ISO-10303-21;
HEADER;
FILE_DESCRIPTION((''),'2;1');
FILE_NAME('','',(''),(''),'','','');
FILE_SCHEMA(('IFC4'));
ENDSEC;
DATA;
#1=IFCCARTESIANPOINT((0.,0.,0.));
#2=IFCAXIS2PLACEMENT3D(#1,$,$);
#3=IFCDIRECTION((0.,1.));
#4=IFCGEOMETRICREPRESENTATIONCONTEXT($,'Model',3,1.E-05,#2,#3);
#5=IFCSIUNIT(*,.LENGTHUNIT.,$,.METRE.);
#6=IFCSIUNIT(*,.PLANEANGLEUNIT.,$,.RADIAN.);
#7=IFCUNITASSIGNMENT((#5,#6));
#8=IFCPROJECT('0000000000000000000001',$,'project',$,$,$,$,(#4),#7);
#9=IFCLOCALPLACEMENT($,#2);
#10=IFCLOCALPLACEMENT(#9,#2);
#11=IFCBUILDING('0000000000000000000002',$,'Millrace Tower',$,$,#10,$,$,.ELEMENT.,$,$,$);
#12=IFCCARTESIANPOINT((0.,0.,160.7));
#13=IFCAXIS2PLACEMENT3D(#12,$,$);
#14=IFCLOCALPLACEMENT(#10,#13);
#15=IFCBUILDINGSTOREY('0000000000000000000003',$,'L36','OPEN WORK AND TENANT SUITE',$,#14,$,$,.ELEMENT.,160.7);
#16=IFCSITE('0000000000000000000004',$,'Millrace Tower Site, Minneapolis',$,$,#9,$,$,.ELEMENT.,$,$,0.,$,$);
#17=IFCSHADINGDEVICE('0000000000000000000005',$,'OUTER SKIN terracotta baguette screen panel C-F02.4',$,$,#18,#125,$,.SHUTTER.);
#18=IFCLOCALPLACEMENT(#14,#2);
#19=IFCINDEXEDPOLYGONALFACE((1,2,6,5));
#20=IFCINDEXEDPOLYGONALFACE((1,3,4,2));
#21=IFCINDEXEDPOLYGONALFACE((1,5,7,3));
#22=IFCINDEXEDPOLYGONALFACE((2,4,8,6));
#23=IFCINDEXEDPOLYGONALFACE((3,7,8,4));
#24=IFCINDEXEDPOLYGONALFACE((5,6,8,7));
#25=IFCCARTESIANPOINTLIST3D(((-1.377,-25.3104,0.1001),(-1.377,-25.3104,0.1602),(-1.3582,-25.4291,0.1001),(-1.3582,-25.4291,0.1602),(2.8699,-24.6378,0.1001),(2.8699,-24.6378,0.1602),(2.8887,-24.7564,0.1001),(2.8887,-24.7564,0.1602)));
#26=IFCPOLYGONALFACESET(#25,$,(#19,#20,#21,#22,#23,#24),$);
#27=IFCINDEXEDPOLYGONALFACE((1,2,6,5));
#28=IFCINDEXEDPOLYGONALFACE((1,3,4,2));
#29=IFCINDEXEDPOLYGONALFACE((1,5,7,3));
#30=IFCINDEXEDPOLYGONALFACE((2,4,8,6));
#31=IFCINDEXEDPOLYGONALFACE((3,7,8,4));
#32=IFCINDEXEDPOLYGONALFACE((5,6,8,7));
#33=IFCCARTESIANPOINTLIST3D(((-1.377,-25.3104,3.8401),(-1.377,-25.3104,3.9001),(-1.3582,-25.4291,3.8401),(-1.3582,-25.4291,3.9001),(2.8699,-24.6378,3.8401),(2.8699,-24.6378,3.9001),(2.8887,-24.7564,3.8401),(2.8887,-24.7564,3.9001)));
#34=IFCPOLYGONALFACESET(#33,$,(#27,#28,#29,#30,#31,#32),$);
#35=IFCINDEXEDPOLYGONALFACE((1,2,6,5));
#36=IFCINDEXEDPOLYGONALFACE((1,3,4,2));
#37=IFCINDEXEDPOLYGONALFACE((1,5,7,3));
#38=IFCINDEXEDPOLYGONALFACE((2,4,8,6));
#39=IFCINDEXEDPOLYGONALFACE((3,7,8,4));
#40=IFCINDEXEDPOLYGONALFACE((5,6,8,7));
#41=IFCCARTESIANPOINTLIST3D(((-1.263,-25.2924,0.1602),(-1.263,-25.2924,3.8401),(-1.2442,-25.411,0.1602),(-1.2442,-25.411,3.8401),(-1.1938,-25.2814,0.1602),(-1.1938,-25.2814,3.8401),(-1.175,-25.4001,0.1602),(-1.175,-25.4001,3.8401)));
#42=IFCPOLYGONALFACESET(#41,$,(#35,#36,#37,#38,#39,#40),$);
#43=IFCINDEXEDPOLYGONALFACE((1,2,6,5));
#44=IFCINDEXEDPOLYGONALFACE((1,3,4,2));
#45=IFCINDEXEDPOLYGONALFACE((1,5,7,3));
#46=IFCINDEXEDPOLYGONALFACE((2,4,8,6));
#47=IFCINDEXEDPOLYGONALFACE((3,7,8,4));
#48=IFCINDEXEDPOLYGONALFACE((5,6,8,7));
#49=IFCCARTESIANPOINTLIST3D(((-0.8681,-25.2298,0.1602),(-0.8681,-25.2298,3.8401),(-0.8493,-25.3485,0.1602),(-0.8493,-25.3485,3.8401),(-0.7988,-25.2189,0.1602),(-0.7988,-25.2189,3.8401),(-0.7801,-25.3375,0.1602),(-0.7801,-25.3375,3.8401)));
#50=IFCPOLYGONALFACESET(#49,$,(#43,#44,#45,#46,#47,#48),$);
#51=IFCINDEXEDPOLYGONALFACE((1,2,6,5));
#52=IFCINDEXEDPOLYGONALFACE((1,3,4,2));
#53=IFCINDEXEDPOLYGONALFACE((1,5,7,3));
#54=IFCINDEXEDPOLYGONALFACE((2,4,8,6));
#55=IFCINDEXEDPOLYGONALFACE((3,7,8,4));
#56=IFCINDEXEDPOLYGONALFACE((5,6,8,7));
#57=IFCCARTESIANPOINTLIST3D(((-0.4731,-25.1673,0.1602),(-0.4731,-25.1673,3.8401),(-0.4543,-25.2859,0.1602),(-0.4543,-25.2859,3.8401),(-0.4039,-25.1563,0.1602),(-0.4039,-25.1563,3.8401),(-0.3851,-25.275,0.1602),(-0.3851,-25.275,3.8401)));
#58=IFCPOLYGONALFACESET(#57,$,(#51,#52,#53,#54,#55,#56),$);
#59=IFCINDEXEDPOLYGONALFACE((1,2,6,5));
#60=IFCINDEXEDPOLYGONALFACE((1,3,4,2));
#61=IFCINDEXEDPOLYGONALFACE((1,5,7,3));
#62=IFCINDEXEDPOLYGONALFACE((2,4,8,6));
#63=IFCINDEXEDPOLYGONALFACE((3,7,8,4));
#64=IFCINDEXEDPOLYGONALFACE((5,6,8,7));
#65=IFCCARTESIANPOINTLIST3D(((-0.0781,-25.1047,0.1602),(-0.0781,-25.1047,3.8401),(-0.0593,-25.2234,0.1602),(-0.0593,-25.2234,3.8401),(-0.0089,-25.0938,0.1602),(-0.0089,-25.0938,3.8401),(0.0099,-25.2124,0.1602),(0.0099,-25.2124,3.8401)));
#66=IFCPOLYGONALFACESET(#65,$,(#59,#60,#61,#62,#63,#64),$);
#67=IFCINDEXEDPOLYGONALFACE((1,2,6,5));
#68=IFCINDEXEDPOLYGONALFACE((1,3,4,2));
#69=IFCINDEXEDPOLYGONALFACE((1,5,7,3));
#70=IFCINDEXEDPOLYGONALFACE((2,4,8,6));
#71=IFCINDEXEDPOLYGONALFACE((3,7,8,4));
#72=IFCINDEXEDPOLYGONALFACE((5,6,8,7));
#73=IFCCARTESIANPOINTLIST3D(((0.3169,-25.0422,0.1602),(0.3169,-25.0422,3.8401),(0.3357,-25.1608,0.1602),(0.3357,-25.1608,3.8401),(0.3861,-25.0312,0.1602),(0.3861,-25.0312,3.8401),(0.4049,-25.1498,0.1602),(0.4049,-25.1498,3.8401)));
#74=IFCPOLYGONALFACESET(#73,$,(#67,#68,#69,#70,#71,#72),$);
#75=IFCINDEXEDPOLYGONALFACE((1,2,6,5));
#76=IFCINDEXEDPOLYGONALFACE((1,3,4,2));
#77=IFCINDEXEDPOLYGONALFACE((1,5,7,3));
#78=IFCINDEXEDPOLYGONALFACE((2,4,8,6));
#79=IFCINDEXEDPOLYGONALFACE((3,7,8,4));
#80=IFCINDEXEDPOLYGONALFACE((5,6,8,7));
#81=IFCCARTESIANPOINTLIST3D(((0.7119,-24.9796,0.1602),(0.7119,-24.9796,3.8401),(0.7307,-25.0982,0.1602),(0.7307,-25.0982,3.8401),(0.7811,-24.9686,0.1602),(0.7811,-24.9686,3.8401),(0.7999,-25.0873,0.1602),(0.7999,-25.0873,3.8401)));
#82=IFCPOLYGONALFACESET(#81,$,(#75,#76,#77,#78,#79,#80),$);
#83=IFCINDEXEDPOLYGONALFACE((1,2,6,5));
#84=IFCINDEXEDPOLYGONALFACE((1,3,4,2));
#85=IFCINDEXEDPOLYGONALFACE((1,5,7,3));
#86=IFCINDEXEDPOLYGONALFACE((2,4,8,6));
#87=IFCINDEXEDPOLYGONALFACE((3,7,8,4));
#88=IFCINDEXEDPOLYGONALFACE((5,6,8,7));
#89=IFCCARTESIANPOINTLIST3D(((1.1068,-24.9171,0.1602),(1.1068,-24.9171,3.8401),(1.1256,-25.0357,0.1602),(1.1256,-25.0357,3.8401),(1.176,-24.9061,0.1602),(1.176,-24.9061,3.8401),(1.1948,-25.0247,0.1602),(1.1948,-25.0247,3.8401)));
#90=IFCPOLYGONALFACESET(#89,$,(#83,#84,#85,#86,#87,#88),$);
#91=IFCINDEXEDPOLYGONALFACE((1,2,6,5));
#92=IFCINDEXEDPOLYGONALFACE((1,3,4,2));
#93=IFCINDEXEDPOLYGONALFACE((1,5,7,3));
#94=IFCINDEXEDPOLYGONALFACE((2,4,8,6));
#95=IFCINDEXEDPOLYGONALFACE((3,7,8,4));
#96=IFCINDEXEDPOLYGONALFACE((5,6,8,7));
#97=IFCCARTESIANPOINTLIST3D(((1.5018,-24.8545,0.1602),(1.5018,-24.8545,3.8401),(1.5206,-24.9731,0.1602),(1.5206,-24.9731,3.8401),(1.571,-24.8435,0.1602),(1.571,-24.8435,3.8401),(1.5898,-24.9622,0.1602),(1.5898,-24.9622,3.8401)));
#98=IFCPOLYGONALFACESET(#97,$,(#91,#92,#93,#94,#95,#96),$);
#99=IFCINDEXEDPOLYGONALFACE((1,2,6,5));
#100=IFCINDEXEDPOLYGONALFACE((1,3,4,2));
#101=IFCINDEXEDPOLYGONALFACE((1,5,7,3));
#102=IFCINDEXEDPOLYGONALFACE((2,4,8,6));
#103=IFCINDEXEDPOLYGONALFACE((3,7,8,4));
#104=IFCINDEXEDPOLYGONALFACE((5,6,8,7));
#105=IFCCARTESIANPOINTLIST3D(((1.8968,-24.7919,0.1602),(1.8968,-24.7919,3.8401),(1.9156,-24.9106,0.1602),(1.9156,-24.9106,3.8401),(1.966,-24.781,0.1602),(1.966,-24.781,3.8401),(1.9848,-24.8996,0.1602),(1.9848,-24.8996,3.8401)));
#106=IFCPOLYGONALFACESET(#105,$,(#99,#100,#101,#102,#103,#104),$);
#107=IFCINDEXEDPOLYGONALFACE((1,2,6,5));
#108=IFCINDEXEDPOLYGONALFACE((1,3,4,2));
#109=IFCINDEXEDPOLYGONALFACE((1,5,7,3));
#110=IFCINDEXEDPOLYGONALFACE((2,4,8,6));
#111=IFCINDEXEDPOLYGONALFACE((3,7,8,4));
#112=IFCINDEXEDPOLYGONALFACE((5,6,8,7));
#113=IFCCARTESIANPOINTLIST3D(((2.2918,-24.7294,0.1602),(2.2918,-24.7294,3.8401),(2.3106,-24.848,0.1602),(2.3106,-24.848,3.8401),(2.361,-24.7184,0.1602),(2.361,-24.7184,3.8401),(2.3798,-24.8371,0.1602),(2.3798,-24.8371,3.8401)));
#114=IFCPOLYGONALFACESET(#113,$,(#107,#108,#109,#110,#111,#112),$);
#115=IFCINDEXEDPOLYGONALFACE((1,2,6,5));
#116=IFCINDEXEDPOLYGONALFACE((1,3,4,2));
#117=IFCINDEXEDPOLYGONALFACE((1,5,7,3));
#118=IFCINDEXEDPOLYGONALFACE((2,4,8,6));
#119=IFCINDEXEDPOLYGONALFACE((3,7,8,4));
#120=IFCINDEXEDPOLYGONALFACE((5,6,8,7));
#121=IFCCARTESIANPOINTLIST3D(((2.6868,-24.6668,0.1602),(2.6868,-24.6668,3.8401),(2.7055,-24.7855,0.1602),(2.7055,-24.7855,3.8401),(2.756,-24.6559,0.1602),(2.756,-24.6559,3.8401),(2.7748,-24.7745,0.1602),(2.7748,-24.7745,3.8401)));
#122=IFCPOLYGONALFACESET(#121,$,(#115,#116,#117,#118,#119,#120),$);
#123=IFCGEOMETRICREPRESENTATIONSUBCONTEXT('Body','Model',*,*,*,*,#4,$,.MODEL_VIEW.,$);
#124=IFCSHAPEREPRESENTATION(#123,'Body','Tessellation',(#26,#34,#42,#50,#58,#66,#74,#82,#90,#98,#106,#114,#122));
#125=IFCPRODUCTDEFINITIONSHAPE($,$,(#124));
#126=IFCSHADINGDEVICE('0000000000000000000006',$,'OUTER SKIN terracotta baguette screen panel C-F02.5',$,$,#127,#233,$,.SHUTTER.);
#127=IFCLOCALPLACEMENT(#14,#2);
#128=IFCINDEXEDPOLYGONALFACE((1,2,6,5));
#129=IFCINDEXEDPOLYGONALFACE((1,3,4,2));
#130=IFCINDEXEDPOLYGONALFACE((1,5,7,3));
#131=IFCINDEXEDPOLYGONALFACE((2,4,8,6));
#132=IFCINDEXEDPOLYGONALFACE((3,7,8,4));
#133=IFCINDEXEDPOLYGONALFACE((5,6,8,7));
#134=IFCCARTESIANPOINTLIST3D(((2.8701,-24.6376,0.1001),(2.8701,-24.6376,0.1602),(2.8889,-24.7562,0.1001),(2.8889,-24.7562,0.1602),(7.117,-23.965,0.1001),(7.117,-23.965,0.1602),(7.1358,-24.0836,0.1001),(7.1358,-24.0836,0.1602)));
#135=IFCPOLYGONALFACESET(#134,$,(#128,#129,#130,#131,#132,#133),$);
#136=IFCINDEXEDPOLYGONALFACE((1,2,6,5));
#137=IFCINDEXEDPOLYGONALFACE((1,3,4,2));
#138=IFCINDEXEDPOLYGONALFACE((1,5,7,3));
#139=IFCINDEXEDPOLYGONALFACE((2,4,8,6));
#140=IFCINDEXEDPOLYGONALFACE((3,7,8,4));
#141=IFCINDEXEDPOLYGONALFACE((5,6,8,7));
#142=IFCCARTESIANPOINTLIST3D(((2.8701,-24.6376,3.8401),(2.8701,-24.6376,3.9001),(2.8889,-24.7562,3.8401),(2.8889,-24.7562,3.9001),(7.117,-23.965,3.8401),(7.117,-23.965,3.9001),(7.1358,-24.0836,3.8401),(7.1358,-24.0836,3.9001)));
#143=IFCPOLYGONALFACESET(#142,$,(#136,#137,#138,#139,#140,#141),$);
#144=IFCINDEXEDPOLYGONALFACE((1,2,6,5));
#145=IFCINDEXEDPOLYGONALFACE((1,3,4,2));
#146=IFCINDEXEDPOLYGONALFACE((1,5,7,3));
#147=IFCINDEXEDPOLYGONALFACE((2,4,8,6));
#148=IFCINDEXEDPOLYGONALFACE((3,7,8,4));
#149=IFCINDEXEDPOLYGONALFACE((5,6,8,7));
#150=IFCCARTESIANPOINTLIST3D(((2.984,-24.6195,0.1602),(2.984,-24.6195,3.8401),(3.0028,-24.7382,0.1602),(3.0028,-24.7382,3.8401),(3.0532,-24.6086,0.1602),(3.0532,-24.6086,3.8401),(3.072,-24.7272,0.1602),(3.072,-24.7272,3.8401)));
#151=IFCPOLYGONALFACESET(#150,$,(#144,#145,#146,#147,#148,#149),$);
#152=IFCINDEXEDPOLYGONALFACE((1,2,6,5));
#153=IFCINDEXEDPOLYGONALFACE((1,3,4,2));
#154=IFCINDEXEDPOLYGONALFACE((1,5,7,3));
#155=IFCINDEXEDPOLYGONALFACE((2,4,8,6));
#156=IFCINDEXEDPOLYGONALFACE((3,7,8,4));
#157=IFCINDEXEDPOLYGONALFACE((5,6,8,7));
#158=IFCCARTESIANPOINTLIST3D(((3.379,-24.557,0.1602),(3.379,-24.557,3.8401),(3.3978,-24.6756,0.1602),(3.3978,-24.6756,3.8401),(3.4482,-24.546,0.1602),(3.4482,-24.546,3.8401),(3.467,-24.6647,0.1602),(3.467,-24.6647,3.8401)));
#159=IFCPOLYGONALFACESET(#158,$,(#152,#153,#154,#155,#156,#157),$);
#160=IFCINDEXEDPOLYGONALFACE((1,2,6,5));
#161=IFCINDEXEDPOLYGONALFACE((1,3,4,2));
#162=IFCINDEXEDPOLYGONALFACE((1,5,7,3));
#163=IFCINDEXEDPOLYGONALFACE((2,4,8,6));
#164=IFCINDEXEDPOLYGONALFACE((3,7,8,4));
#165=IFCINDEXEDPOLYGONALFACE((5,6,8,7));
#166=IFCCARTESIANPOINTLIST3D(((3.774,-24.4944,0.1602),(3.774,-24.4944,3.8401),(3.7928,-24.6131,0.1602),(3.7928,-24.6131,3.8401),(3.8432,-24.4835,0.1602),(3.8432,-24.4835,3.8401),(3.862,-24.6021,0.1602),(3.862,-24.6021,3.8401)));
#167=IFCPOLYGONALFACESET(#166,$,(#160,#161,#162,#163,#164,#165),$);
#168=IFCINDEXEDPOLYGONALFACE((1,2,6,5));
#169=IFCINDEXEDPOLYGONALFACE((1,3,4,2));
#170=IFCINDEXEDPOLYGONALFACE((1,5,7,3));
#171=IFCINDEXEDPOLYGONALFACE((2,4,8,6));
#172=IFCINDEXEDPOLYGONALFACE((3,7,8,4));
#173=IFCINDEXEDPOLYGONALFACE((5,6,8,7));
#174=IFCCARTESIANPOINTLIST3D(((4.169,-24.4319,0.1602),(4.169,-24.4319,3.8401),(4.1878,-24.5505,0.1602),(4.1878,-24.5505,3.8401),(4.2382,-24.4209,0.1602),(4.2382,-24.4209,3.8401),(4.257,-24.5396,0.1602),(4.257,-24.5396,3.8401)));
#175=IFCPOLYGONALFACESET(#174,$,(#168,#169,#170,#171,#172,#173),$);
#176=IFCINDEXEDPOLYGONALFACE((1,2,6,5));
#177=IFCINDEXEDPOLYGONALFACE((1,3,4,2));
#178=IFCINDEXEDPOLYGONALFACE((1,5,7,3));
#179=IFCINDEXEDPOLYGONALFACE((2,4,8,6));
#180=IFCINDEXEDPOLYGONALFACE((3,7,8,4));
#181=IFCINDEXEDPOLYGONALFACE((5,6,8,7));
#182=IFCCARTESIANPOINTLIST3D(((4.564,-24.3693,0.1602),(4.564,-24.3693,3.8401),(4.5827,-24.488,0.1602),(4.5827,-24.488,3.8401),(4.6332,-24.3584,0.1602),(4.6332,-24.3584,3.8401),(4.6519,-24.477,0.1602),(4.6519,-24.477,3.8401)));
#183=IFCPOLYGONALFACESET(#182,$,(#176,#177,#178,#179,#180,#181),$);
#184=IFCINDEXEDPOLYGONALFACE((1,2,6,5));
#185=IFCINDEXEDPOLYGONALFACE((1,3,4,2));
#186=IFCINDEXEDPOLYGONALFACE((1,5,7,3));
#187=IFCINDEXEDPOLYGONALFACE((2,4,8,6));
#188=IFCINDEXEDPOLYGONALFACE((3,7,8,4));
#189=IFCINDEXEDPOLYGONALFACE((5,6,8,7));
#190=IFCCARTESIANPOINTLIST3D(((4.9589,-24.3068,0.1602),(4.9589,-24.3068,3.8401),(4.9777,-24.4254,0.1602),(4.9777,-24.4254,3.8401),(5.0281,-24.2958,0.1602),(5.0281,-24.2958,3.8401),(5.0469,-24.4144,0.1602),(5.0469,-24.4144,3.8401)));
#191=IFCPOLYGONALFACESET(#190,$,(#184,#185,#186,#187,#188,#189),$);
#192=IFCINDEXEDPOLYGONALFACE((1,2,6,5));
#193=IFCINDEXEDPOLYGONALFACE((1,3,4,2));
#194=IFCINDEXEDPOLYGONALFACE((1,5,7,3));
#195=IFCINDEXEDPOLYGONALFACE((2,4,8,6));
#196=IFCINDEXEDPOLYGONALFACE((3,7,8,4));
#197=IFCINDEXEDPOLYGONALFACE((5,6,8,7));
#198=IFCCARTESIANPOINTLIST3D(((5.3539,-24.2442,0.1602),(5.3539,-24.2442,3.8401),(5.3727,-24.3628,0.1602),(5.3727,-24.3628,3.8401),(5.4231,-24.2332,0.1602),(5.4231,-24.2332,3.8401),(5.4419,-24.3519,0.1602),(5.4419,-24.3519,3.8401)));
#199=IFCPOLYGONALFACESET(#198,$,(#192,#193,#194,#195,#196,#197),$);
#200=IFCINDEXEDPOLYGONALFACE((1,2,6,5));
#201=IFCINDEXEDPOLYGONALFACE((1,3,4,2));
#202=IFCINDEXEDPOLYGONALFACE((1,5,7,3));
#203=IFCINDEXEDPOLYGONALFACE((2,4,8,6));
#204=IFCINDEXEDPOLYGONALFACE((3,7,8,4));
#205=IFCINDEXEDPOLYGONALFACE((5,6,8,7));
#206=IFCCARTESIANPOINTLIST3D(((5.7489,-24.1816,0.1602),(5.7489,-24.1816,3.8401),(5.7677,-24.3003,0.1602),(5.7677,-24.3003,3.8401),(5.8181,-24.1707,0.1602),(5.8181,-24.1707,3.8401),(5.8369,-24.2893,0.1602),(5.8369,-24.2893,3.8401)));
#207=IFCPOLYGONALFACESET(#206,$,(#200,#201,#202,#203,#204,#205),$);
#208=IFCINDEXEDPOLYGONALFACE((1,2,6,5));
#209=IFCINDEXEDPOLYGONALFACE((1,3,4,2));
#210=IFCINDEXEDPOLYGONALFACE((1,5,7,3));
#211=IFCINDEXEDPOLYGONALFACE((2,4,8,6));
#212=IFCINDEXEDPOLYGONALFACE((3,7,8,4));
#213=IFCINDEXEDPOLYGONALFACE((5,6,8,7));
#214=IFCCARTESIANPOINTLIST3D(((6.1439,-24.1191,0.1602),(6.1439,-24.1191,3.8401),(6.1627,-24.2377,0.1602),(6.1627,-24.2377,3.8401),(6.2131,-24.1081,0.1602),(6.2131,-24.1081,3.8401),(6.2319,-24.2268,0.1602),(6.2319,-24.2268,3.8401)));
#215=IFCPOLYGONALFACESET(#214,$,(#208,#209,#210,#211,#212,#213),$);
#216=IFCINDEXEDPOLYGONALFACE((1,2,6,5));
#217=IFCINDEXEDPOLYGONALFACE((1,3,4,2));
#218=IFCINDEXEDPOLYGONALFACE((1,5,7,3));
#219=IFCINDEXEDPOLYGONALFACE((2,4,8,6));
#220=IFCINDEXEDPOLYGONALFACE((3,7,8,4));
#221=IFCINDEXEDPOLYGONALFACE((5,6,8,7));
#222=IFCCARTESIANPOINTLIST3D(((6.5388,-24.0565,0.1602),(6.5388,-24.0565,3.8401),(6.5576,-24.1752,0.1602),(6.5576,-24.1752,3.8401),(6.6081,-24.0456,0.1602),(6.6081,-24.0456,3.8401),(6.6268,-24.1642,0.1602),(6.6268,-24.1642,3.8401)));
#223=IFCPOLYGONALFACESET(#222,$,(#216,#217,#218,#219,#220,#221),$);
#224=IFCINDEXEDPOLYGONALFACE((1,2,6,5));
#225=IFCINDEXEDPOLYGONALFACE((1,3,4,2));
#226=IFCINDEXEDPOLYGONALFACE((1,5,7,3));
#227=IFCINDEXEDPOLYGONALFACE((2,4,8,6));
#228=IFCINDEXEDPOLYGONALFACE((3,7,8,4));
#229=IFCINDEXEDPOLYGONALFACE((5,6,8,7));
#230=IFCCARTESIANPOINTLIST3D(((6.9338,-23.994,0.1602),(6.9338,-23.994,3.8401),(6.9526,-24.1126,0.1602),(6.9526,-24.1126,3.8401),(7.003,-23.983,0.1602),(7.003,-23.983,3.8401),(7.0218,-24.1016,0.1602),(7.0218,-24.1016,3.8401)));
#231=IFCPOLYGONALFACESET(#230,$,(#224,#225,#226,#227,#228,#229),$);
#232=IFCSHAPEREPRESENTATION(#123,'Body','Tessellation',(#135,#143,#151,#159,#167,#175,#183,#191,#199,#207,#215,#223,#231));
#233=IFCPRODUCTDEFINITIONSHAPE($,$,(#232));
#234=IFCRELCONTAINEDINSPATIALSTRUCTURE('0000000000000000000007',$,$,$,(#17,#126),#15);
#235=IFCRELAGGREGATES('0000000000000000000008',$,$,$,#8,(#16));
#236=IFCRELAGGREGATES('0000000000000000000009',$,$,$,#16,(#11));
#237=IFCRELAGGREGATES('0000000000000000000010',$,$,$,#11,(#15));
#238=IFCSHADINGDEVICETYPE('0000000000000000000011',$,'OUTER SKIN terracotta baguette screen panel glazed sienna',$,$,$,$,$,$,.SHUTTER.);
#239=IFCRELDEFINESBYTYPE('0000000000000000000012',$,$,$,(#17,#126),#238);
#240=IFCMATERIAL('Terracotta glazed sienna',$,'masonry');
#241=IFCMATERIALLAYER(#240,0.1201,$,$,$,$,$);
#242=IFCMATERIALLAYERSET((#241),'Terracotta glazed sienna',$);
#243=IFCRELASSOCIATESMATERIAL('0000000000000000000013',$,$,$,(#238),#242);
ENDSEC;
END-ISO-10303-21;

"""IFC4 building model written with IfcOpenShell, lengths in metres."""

from ifc_helpers import new_model, entity, si_unit, direction, frame, frame_2d, origin, origin_2d, place, context, subcontext, project, spatial, rectangle, extrude, source, transform, mapped, material, layer, layer_set, type_object, element, save


model = new_model("IFC4")

# Units and contexts
model_context = context("Model", 3, precision=1e-05, world=origin(), true_north=direction((0.0, 1.0)))
body_context = subcontext(model_context, "Body", "Model", "MODEL_VIEW")
ifc_project = project(units=[si_unit("LENGTHUNIT", "METRE"), si_unit("PLANEANGLEUNIT", "RADIAN")], contexts=[model_context])

# Site, building, storey
site_placement = place(None, origin())
site = spatial("IfcSite", under=ifc_project, at=site_placement, Name="Millrace Tower Site, Minneapolis", CompositionType="ELEMENT", RefElevation=0.0)
building_placement = place(site_placement, origin())
building = spatial("IfcBuilding", under=site, at=building_placement, Name="Millrace Tower", CompositionType="ELEMENT")
storey_placement = place(building_placement, frame((0.0, 0.0, 160.7)))
storey = spatial("IfcBuildingStorey", under=building, at=storey_placement, Name="L36", Description="OPEN WORK AND TENANT SUITE", CompositionType="ELEMENT", Elevation=160.7)

# Shading devices
ifc_material_1 = material(Name="Terracotta glazed sienna", Category="masonry")
ifc_layer_1 = layer(ifc_material_1, 0.1201)
ifc_layer_set_1 = layer_set([ifc_layer_1], Name="Terracotta glazed sienna")
shading_device_type = type_object("IfcShadingDeviceType", Name="OUTER SKIN terracotta baguette screen panel glazed sienna", PredefinedType="SHUTTER", material=ifc_layer_set_1)
cartesian_point = entity("IfcCartesianPoint", [-2.1499, 0.0601])
shared_polyline = entity("IfcPolyline", [cartesian_point, entity("IfcCartesianPoint", [2.1499, 0.0601]), entity("IfcCartesianPoint", [2.1499, -0.0601]), entity("IfcCartesianPoint", [-2.1499, -0.0601]), cartesian_point])
shared_shape = source(origin(), body_context, "Body", "SweptSolid", [
    entity("IfcExtrudedAreaSolid", entity("IfcArbitraryClosedProfileDef", "AREA", None, shared_polyline), entity("IfcAxis2Placement3D", entity("IfcCartesianPoint", [0.0, 0.0, 0.0])), entity("IfcDirection", [0.0, 0.0, 1.0]), 0.0601),
    entity("IfcExtrudedAreaSolid", entity("IfcArbitraryClosedProfileDef", "AREA", None, shared_polyline), entity("IfcAxis2Placement3D", entity("IfcCartesianPoint", [0.0, 0.0, 3.74])), entity("IfcDirection", [0.0, 0.0, 1.0]), 0.0601),
    extrude(rectangle(XDim=0.0701, YDim=0.1201, at=frame_2d((-1.9995, 0.0))), frame((0.0, 0.0, 0.0601)), (0.0, 0.0, 1.0), 3.6799),
    extrude(rectangle(XDim=0.0701, YDim=0.1201, at=frame_2d((-1.5996, 0.0))), frame((0.0, 0.0, 0.0601)), (0.0, 0.0, 1.0), 3.6799),
    extrude(rectangle(XDim=0.0701, YDim=0.1201, at=frame_2d((-1.1997, 0.0))), frame((0.0, 0.0, 0.0601)), (0.0, 0.0, 1.0), 3.6799),
    extrude(rectangle(XDim=0.0701, YDim=0.1201, at=frame_2d((-0.7998, 0.0))), frame((0.0, 0.0, 0.0601)), (0.0, 0.0, 1.0), 3.6799),
    extrude(rectangle(XDim=0.0701, YDim=0.1201, at=frame_2d((-0.3999, 0.0))), frame((0.0, 0.0, 0.0601)), (0.0, 0.0, 1.0), 3.6799),
    extrude(rectangle(XDim=0.0701, YDim=0.1201, at=origin_2d()), frame((0.0, 0.0, 0.0601)), (0.0, 0.0, 1.0), 3.6799),
    extrude(rectangle(XDim=0.0701, YDim=0.1201, at=frame_2d((0.3999, 0.0))), frame((0.0, 0.0, 0.0601)), (0.0, 0.0, 1.0), 3.6799),
    extrude(rectangle(XDim=0.0701, YDim=0.1201, at=frame_2d((0.7998, 0.0))), frame((0.0, 0.0, 0.0601)), (0.0, 0.0, 1.0), 3.6799),
    extrude(rectangle(XDim=0.0701, YDim=0.1201, at=frame_2d((1.1997, 0.0))), frame((0.0, 0.0, 0.0601)), (0.0, 0.0, 1.0), 3.6799),
    extrude(rectangle(XDim=0.0701, YDim=0.1201, at=frame_2d((1.5996, 0.0))), frame((0.0, 0.0, 0.0601)), (0.0, 0.0, 1.0), 3.6799),
    extrude(rectangle(XDim=0.0701, YDim=0.1201, at=frame_2d((1.9995, 0.0))), frame((0.0, 0.0, 0.0601)), (0.0, 0.0, 1.0), 3.6799),
])
for number, where, z_axis, x_axis, name in (
    (1, (0.7559, -25.0334, 0.1001), (0.0, 0.0, 1.0), (0.987688, 0.156434, 0.0), "OUTER SKIN terracotta baguette screen panel C-F02.4"),
    (2, (5.0029, -24.3606, 0.1001), (0.0, 0.0, 1.0), (0.987688, 0.156434, 0.0), "OUTER SKIN terracotta baguette screen panel C-F02.5"),
):
    element("IfcShadingDevice", number, at=place(storey_placement, frame(where, z_axis=z_axis, x_axis=x_axis)), inside=storey, type_object=shading_device_type, Name=name, PredefinedType="SHUTTER", context=body_context, shape_type="MappedRepresentation", body=[
        mapped(shared_shape, transform((0.0, 0.0, 0.0), scale=1.0)),
    ])

save(model, "model.ifc")
